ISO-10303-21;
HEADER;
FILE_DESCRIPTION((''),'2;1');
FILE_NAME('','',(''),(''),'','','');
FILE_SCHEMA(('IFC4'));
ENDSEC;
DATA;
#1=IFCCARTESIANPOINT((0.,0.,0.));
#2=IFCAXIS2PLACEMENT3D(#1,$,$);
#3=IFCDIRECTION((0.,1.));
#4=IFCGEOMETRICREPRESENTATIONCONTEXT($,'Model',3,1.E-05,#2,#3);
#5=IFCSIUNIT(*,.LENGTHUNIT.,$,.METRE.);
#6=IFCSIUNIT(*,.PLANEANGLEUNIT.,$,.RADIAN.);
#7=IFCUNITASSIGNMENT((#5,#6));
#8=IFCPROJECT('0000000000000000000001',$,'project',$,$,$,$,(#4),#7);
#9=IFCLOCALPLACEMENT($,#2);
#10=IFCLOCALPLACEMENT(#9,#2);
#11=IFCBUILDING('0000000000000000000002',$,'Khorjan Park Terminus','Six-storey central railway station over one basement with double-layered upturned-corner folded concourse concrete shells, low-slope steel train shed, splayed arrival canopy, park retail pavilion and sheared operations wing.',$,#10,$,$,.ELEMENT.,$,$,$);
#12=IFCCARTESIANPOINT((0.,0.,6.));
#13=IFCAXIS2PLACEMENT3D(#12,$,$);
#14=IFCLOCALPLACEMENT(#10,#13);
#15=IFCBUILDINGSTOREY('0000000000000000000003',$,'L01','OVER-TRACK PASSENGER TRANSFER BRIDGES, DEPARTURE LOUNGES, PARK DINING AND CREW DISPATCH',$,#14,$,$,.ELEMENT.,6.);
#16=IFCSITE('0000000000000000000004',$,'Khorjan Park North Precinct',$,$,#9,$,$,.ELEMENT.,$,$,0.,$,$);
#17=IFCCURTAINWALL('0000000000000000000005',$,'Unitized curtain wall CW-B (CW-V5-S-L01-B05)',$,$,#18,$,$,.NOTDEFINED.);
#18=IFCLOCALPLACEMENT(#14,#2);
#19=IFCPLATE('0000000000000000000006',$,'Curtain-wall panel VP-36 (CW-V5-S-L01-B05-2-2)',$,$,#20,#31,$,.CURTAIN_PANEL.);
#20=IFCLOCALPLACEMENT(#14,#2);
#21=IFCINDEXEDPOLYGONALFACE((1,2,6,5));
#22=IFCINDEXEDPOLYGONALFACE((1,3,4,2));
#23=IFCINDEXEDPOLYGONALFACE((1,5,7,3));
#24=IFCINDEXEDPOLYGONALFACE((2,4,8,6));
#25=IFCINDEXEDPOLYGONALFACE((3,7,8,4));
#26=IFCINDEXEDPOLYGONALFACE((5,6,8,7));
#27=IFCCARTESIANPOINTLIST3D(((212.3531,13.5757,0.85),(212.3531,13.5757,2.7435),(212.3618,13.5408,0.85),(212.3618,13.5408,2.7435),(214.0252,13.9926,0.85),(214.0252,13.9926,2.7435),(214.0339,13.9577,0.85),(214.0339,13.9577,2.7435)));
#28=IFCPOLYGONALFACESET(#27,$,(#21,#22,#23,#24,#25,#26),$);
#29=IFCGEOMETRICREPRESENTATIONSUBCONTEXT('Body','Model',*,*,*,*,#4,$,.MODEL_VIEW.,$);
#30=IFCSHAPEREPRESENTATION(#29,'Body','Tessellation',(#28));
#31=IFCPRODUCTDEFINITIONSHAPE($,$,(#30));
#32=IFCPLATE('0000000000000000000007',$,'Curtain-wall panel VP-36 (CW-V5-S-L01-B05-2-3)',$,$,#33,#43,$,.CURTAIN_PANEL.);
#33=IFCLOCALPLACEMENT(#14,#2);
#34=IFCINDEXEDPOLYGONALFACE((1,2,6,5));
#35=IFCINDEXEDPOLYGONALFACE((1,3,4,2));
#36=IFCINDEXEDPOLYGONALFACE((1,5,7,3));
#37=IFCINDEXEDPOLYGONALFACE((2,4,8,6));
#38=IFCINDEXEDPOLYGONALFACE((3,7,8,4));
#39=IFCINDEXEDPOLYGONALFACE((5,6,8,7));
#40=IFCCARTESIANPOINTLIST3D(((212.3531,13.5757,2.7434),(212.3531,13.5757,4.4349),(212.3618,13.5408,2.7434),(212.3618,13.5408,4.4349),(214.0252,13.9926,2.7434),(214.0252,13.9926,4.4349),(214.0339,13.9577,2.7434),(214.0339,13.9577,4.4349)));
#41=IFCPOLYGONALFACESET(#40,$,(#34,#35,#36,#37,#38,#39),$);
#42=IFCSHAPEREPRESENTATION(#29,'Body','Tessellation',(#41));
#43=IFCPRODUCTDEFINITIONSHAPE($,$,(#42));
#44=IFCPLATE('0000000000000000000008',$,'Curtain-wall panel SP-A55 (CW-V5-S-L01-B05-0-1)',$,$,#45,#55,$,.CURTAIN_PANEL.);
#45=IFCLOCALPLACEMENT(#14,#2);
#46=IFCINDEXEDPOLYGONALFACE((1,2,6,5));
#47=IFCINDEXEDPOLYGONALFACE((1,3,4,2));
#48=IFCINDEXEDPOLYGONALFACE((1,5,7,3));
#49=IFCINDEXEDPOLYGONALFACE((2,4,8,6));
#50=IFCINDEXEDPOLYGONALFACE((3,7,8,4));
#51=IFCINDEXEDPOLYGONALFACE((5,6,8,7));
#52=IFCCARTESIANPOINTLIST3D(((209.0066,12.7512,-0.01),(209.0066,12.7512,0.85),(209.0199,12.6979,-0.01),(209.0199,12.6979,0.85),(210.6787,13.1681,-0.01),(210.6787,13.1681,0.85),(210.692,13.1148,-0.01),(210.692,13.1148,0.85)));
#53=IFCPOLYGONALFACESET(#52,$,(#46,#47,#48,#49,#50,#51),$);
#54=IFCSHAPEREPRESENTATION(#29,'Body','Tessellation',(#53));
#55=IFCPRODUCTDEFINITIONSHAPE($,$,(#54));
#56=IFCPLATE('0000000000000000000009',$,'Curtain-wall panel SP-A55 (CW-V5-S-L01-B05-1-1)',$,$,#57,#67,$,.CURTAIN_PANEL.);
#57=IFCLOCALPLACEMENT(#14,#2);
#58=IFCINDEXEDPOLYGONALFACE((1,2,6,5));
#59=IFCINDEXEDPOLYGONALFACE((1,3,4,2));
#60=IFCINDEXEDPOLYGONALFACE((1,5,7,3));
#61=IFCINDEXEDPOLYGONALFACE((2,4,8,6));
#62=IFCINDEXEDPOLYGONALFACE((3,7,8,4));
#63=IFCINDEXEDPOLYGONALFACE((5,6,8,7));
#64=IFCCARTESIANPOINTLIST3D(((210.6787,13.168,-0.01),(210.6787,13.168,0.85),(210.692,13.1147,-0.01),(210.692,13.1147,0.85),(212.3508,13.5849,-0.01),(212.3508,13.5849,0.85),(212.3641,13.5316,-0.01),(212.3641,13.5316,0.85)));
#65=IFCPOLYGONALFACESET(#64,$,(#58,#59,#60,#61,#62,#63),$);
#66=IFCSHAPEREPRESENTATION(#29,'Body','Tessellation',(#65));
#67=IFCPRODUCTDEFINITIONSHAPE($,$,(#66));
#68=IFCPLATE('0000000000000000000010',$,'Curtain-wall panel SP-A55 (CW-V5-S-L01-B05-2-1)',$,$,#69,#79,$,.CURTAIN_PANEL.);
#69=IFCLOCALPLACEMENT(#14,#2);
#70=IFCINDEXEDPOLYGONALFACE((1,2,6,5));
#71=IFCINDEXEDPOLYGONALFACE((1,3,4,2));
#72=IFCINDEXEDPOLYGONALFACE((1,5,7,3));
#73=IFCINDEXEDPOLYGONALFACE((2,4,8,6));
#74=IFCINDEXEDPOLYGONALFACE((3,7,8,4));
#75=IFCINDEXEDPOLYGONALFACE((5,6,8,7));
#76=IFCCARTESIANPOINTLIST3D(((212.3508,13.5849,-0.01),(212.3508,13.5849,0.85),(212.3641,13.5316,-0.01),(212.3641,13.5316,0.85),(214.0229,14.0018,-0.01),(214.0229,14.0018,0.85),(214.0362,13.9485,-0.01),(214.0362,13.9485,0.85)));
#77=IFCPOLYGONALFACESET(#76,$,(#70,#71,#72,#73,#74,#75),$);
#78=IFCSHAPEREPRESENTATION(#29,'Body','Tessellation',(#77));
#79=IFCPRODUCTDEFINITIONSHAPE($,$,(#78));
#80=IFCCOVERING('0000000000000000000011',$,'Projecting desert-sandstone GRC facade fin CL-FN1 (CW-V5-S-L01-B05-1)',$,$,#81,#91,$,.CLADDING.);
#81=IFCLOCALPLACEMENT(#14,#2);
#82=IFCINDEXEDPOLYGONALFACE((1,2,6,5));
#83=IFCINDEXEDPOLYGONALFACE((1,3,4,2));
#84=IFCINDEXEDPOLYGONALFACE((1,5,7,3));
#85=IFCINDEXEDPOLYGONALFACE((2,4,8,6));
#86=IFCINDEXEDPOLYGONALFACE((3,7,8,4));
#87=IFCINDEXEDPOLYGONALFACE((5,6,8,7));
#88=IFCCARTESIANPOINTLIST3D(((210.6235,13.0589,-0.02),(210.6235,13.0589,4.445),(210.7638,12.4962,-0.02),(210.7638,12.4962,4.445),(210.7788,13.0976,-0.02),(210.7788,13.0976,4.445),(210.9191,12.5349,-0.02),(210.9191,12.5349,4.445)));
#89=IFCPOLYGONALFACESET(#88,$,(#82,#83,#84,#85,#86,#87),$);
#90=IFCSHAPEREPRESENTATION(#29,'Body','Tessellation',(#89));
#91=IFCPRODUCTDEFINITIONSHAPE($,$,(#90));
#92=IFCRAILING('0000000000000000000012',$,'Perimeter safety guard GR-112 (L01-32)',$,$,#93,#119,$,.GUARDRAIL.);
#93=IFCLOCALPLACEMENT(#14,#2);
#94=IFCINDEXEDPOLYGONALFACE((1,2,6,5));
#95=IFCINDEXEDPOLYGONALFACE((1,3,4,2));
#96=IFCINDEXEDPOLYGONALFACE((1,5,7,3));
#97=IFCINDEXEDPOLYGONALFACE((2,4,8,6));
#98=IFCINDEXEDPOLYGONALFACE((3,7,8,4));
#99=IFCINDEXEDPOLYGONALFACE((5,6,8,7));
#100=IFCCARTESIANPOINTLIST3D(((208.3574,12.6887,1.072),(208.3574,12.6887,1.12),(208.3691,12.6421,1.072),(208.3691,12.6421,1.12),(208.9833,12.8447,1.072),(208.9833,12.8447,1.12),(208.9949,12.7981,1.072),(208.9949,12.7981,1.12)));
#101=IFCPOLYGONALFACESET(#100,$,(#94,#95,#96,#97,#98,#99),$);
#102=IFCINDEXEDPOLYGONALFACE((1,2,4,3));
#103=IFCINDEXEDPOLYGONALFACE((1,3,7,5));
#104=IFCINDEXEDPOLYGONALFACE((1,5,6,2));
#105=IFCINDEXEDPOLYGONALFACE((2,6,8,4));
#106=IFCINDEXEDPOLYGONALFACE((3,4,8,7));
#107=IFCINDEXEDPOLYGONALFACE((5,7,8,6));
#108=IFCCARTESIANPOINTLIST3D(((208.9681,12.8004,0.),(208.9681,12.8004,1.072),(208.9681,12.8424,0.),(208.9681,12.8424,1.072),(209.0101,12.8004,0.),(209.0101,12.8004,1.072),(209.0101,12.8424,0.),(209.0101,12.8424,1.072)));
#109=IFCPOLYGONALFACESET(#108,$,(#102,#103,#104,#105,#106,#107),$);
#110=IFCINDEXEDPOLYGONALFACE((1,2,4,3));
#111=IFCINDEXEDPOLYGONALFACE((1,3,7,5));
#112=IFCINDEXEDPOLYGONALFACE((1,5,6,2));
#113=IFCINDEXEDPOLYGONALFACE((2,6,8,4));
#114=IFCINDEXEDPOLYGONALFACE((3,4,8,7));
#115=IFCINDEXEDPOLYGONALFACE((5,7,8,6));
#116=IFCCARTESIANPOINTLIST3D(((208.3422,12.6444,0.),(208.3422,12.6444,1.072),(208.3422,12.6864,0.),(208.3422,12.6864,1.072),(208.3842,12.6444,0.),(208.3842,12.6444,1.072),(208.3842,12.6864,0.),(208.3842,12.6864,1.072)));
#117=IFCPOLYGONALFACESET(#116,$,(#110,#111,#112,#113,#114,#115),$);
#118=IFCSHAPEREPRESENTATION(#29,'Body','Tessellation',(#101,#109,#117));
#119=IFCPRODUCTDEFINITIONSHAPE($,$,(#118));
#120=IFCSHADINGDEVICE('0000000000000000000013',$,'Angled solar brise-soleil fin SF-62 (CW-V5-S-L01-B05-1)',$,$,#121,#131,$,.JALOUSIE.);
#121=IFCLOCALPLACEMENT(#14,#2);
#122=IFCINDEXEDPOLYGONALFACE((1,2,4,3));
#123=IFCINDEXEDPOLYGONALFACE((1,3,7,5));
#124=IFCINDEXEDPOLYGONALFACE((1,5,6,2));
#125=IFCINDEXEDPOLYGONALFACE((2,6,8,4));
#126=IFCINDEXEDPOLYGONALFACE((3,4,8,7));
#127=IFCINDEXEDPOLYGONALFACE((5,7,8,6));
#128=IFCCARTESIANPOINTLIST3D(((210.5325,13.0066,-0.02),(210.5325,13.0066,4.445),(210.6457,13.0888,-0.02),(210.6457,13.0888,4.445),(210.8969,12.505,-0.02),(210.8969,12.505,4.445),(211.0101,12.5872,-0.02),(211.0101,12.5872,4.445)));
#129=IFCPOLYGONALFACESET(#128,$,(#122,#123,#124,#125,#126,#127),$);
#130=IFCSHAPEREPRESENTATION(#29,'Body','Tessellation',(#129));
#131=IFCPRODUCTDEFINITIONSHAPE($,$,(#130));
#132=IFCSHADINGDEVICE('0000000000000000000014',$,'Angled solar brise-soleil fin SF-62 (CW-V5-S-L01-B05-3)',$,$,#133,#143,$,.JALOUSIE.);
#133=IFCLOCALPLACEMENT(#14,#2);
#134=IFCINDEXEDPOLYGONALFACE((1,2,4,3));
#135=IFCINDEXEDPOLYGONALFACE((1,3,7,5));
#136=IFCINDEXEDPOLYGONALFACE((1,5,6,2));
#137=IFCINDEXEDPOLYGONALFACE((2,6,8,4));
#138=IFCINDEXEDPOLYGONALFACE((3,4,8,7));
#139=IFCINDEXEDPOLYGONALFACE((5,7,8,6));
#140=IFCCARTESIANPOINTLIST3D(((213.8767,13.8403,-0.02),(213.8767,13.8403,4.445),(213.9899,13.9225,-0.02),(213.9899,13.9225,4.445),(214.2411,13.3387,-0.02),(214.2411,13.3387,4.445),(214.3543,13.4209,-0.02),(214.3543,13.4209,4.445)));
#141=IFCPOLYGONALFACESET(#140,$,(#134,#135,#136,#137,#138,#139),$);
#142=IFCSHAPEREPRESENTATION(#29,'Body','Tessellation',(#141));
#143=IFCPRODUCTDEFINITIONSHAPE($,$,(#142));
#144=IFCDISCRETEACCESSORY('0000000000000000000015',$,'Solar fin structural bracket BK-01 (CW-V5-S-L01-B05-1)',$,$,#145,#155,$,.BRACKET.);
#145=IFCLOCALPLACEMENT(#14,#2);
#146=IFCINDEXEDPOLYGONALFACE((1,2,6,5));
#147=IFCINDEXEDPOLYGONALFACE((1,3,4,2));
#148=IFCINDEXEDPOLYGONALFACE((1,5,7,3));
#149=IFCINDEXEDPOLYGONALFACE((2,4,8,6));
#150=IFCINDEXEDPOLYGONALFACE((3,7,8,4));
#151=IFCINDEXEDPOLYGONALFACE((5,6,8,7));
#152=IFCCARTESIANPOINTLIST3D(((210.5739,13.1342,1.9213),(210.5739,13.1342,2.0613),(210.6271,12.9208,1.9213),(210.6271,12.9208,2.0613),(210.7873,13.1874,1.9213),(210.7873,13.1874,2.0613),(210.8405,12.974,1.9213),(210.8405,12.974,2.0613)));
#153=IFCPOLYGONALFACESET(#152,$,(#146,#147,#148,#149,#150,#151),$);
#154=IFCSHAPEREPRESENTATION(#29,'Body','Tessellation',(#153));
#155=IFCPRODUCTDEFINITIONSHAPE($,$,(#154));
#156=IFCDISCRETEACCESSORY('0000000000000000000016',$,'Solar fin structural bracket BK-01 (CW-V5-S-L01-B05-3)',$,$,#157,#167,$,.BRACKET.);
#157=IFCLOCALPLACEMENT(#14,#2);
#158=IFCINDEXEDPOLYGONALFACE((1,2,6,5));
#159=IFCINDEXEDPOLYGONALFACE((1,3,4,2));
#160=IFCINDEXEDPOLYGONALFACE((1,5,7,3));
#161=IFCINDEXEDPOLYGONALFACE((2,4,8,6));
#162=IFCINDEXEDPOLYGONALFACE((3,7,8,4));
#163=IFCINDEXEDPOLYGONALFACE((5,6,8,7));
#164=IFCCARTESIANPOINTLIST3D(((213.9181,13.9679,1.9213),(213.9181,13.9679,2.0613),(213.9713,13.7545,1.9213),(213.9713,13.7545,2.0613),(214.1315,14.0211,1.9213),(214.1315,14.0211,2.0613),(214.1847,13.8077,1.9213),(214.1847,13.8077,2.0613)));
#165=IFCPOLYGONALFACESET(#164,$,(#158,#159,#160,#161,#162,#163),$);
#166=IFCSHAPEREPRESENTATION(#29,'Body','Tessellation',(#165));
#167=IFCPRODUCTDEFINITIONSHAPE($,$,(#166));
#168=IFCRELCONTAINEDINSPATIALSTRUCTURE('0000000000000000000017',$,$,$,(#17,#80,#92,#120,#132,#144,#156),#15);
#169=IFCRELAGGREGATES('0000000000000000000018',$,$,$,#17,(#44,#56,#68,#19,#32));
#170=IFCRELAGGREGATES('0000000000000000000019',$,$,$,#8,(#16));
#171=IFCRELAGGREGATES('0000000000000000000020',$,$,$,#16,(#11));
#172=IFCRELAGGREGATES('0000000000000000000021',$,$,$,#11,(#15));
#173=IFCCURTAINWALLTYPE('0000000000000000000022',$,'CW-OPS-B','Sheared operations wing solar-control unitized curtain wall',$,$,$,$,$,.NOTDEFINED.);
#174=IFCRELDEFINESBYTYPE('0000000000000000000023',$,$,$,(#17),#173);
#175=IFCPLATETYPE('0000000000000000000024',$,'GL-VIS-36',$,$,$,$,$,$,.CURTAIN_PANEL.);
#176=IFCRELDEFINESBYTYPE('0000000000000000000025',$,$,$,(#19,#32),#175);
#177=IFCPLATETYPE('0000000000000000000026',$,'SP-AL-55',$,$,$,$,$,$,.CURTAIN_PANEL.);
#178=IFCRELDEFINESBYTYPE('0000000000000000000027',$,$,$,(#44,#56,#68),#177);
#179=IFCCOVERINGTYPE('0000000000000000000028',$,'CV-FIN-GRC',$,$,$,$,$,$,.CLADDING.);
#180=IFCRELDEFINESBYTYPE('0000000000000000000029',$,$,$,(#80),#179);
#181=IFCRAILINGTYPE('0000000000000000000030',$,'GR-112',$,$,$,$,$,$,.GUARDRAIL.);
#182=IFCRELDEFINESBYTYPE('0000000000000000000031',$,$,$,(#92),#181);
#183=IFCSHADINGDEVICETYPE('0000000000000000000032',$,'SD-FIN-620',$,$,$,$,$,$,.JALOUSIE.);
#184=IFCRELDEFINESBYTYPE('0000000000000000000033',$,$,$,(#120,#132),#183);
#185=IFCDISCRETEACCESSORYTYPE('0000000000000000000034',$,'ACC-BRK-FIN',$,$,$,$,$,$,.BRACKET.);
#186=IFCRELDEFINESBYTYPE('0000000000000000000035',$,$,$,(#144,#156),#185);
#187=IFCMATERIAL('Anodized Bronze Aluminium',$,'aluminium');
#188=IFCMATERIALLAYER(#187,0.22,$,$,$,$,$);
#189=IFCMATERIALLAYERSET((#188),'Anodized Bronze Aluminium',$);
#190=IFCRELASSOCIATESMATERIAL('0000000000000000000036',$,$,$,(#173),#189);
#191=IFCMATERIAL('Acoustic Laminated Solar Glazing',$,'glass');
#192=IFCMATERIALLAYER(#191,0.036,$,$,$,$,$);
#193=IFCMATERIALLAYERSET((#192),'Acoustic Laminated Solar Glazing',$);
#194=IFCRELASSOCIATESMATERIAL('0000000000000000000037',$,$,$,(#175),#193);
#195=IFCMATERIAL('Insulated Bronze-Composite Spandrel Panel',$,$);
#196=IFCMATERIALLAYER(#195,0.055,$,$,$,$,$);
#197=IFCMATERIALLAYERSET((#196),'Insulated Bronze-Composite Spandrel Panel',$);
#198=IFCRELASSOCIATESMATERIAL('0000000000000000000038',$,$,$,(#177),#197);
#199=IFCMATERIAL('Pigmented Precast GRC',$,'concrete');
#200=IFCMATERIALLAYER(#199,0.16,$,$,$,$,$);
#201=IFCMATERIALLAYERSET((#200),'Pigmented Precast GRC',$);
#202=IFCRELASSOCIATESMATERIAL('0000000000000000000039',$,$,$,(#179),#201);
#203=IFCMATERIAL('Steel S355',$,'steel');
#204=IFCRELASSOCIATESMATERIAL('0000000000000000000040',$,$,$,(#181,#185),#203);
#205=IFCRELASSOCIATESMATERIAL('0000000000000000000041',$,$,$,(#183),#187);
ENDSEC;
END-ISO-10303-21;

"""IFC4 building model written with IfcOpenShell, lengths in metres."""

from ifc_helpers import new_model, si_unit, direction, frame, origin, origin_2d, place, context, subcontext, project, spatial, rectangle, extrude, material, layer, layer_set, type_object, element, aggregate, save


model = new_model("IFC4")

# Units and contexts
model_context = context("Model", 3, precision=1e-05, world=origin(), true_north=direction((0.0, 1.0)))
body_context = subcontext(model_context, "Body", "Model", "MODEL_VIEW")
ifc_project = project(units=[si_unit("LENGTHUNIT", "METRE"), si_unit("PLANEANGLEUNIT", "RADIAN")], contexts=[model_context])

# Site, building, storey
site_placement = place(None, origin())
site = spatial("IfcSite", under=ifc_project, at=site_placement, Name="Khorjan Park North Precinct", CompositionType="ELEMENT", RefElevation=0.0)
building_placement = place(site_placement, origin())
building = spatial("IfcBuilding", under=site, at=building_placement, Name="Khorjan Park Terminus", Description="Six-storey central railway station over one basement with double-layered upturned-corner folded concourse concrete shells, low-slope steel train shed, splayed arrival canopy, park retail pavilion and sheared operations wing.", CompositionType="ELEMENT")
storey_placement = place(building_placement, frame((0.0, 0.0, 6.0)))
storey = spatial("IfcBuildingStorey", under=building, at=storey_placement, Name="L01", Description="OVER-TRACK PASSENGER TRANSFER BRIDGES, DEPARTURE LOUNGES, PARK DINING AND CREW DISPATCH", CompositionType="ELEMENT", Elevation=6.0)

# Shared definitions
ifc_material_1 = material(Name="Steel S355", Category="steel")

# Curtain wall, plates
ifc_material_2 = material(Name="Anodized Bronze Aluminium", Category="aluminium")
ifc_layer_1 = layer(ifc_material_2, 0.22)
ifc_layer_set_1 = layer_set([ifc_layer_1], Name="Anodized Bronze Aluminium")
curtain_wall_type = type_object("IfcCurtainWallType", Name="CW-OPS-B", Description="Sheared operations wing solar-control unitized curtain wall", PredefinedType="NOTDEFINED", material=ifc_layer_set_1)
curtain_wall_placement = place(storey_placement, origin())
curtain_wall = element("IfcCurtainWall", 1, at=curtain_wall_placement, inside=storey, type_object=curtain_wall_type, Name="Unitized curtain wall CW-B (CW-V5-S-L01-B05)", PredefinedType="NOTDEFINED")
ifc_material_3 = material(Name="Acoustic Laminated Solar Glazing", Category="glass")
ifc_layer_2 = layer(ifc_material_3, 0.036)
ifc_layer_set_2 = layer_set([ifc_layer_2], Name="Acoustic Laminated Solar Glazing")
plate_type_1 = type_object("IfcPlateType", Name="GL-VIS-36", PredefinedType="CURTAIN_PANEL", material=ifc_layer_set_2)
plate_1_placement = place(storey_placement, frame((213.1935, 13.7667, 0.85), z_axis=(0.0, 0.0, 1.0), x_axis=(0.970298, 0.241912, 0.0)))
plate_1 = element("IfcPlate", 2, at=plate_1_placement, type_object=plate_type_1, Name="Curtain-wall panel VP-36 (CW-V5-S-L01-B05-2-2)", PredefinedType="CURTAIN_PANEL", context=body_context, shape_type="SweptSolid", body=[
    extrude(rectangle(XDim=1.7233, YDim=0.036, at=origin_2d()), origin(), (0.0, 0.0, 1.0), 1.8935),
])
plate_2_placement = place(storey_placement, frame((213.1935, 13.7667, 2.7434), z_axis=(0.0, 0.0, 1.0), x_axis=(0.970298, 0.241912, 0.0)))
plate_2 = element("IfcPlate", 3, at=plate_2_placement, type_object=plate_type_1, Name="Curtain-wall panel VP-36 (CW-V5-S-L01-B05-2-3)", PredefinedType="CURTAIN_PANEL", context=body_context, shape_type="SweptSolid", body=[
    extrude(rectangle(XDim=1.7233, YDim=0.036, at=origin_2d()), origin(), (0.0, 0.0, 1.0), 1.6915),
])
ifc_material_4 = material(Name="Insulated Bronze-Composite Spandrel Panel")
ifc_layer_3 = layer(ifc_material_4, 0.055)
ifc_layer_set_3 = layer_set([ifc_layer_3], Name="Insulated Bronze-Composite Spandrel Panel")
plate_type_2 = type_object("IfcPlateType", Name="SP-AL-55", PredefinedType="CURTAIN_PANEL", material=ifc_layer_set_3)
plate_3_placement = place(storey_placement, frame((209.8493, 12.933, -0.01), z_axis=(0.0, 0.0, 1.0), x_axis=(0.970298, 0.241912, 0.0)))
plate_3 = element("IfcPlate", 4, at=plate_3_placement, type_object=plate_type_2, Name="Curtain-wall panel SP-A55 (CW-V5-S-L01-B05-0-1)", PredefinedType="CURTAIN_PANEL", context=body_context, shape_type="SweptSolid", body=[
    extrude(rectangle(XDim=1.7233, YDim=0.055, at=origin_2d()), origin(), (0.0, 0.0, 1.0), 0.86),
])
plate_4_placement = place(storey_placement, frame((211.5214, 13.3498, -0.01), z_axis=(0.0, 0.0, 1.0), x_axis=(0.970298, 0.241912, 0.0)))
plate_4 = element("IfcPlate", 5, at=plate_4_placement, type_object=plate_type_2, Name="Curtain-wall panel SP-A55 (CW-V5-S-L01-B05-1-1)", PredefinedType="CURTAIN_PANEL", context=body_context, shape_type="SweptSolid", body=[
    extrude(rectangle(XDim=1.7233, YDim=0.055, at=origin_2d()), origin(), (0.0, 0.0, 1.0), 0.86),
])
plate_5_placement = place(storey_placement, frame((213.1935, 13.7667, -0.01), z_axis=(0.0, 0.0, 1.0), x_axis=(0.970298, 0.241912, 0.0)))
plate_5 = element("IfcPlate", 6, at=plate_5_placement, type_object=plate_type_2, Name="Curtain-wall panel SP-A55 (CW-V5-S-L01-B05-2-1)", PredefinedType="CURTAIN_PANEL", context=body_context, shape_type="SweptSolid", body=[
    extrude(rectangle(XDim=1.7233, YDim=0.055, at=origin_2d()), origin(), (0.0, 0.0, 1.0), 0.86),
])
aggregate(curtain_wall, [plate_3, plate_4, plate_5, plate_1, plate_2])

# Covering
ifc_material_5 = material(Name="Pigmented Precast GRC", Category="concrete")
ifc_layer_4 = layer(ifc_material_5, 0.16)
ifc_layer_set_4 = layer_set([ifc_layer_4], Name="Pigmented Precast GRC")
covering_type = type_object("IfcCoveringType", Name="CV-FIN-GRC", PredefinedType="CLADDING", material=ifc_layer_set_4)
covering_placement = place(storey_placement, frame((210.7713, 12.7969, -0.02), z_axis=(0.0, 0.0, 1.0), x_axis=(-0.241922, 0.970296, 0.0)))
element("IfcCovering", 7, at=covering_placement, inside=storey, type_object=covering_type, Name="Projecting desert-sandstone GRC facade fin CL-FN1 (CW-V5-S-L01-B05-1)", PredefinedType="CLADDING", context=body_context, shape_type="SweptSolid", body=[
    extrude(rectangle(XDim=0.58, YDim=0.16, at=origin_2d()), origin(), (0.0, 0.0, 1.0), 4.465),
])

# Railing
railing_type = type_object("IfcRailingType", Name="GR-112", PredefinedType="GUARDRAIL", material=ifc_material_1)
railing_placement = place(storey_placement, frame((208.9891, 12.8214, 0.0)))
element("IfcRailing", 8, at=railing_placement, inside=storey, type_object=railing_type, Name="Perimeter safety guard GR-112 (L01-32)", PredefinedType="GUARDRAIL", context=body_context, shape_type="SweptSolid", body=[
    extrude(rectangle(XDim=0.048, YDim=0.048, at=origin_2d()), frame((0.0, 0.0, 1.096), z_axis=(-0.970316, -0.241843, 0.0), x_axis=(0.241843, -0.970316, 0.0)), (0.0, 0.0, 1.0), 0.645),
    extrude(rectangle(XDim=0.042, YDim=0.042, at=origin_2d()), origin(), (0.0, 0.0, 1.0), 1.072),
    extrude(rectangle(XDim=0.042, YDim=0.042, at=origin_2d()), frame((-0.6259, -0.156, 0.0)), (0.0, 0.0, 1.0), 1.072),
])

# Shading devices
shading_device_type = type_object("IfcShadingDeviceType", Name="SD-FIN-620", PredefinedType="JALOUSIE", material=ifc_material_2)
for number, where, z_axis, x_axis, name in (
    (9, (210.7713, 12.7969, -0.02), (0.0, 0.0, 1.0), (-0.587785, 0.809017, 0.0), "Angled solar brise-soleil fin SF-62 (CW-V5-S-L01-B05-1)"),
    (10, (214.1155, 13.6306, -0.02), (0.0, 0.0, 1.0), (-0.587785, 0.809017, 0.0), "Angled solar brise-soleil fin SF-62 (CW-V5-S-L01-B05-3)"),
):
    element("IfcShadingDevice", number, at=place(storey_placement, frame(where, z_axis=z_axis, x_axis=x_axis)), inside=storey, type_object=shading_device_type, Name=name, PredefinedType="JALOUSIE", context=body_context, shape_type="SweptSolid", body=[
        extrude(rectangle(XDim=0.62, YDim=0.14, at=origin_2d()), origin(), (0.0, 0.0, 1.0), 4.465),
    ])

# Discrete accessories
discrete_accessory_type = type_object("IfcDiscreteAccessoryType", Name="ACC-BRK-FIN", PredefinedType="BRACKET", material=ifc_material_1)
for number, where, z_axis, x_axis, name in (
    (11, (210.7072, 13.0541, 1.9213), (0.0, 0.0, 1.0), (0.970298, 0.241912, 0.0), "Solar fin structural bracket BK-01 (CW-V5-S-L01-B05-1)"),
    (12, (214.0514, 13.8878, 1.9213), (0.0, 0.0, 1.0), (0.970298, 0.241912, 0.0), "Solar fin structural bracket BK-01 (CW-V5-S-L01-B05-3)"),
):
    element("IfcDiscreteAccessory", number, at=place(storey_placement, frame(where, z_axis=z_axis, x_axis=x_axis)), inside=storey, type_object=discrete_accessory_type, Name=name, PredefinedType="BRACKET", context=body_context, shape_type="SweptSolid", body=[
        extrude(rectangle(XDim=0.22, YDim=0.22, at=origin_2d()), origin(), (0.0, 0.0, 1.0), 0.14),
    ])

save(model, "model.ifc")
